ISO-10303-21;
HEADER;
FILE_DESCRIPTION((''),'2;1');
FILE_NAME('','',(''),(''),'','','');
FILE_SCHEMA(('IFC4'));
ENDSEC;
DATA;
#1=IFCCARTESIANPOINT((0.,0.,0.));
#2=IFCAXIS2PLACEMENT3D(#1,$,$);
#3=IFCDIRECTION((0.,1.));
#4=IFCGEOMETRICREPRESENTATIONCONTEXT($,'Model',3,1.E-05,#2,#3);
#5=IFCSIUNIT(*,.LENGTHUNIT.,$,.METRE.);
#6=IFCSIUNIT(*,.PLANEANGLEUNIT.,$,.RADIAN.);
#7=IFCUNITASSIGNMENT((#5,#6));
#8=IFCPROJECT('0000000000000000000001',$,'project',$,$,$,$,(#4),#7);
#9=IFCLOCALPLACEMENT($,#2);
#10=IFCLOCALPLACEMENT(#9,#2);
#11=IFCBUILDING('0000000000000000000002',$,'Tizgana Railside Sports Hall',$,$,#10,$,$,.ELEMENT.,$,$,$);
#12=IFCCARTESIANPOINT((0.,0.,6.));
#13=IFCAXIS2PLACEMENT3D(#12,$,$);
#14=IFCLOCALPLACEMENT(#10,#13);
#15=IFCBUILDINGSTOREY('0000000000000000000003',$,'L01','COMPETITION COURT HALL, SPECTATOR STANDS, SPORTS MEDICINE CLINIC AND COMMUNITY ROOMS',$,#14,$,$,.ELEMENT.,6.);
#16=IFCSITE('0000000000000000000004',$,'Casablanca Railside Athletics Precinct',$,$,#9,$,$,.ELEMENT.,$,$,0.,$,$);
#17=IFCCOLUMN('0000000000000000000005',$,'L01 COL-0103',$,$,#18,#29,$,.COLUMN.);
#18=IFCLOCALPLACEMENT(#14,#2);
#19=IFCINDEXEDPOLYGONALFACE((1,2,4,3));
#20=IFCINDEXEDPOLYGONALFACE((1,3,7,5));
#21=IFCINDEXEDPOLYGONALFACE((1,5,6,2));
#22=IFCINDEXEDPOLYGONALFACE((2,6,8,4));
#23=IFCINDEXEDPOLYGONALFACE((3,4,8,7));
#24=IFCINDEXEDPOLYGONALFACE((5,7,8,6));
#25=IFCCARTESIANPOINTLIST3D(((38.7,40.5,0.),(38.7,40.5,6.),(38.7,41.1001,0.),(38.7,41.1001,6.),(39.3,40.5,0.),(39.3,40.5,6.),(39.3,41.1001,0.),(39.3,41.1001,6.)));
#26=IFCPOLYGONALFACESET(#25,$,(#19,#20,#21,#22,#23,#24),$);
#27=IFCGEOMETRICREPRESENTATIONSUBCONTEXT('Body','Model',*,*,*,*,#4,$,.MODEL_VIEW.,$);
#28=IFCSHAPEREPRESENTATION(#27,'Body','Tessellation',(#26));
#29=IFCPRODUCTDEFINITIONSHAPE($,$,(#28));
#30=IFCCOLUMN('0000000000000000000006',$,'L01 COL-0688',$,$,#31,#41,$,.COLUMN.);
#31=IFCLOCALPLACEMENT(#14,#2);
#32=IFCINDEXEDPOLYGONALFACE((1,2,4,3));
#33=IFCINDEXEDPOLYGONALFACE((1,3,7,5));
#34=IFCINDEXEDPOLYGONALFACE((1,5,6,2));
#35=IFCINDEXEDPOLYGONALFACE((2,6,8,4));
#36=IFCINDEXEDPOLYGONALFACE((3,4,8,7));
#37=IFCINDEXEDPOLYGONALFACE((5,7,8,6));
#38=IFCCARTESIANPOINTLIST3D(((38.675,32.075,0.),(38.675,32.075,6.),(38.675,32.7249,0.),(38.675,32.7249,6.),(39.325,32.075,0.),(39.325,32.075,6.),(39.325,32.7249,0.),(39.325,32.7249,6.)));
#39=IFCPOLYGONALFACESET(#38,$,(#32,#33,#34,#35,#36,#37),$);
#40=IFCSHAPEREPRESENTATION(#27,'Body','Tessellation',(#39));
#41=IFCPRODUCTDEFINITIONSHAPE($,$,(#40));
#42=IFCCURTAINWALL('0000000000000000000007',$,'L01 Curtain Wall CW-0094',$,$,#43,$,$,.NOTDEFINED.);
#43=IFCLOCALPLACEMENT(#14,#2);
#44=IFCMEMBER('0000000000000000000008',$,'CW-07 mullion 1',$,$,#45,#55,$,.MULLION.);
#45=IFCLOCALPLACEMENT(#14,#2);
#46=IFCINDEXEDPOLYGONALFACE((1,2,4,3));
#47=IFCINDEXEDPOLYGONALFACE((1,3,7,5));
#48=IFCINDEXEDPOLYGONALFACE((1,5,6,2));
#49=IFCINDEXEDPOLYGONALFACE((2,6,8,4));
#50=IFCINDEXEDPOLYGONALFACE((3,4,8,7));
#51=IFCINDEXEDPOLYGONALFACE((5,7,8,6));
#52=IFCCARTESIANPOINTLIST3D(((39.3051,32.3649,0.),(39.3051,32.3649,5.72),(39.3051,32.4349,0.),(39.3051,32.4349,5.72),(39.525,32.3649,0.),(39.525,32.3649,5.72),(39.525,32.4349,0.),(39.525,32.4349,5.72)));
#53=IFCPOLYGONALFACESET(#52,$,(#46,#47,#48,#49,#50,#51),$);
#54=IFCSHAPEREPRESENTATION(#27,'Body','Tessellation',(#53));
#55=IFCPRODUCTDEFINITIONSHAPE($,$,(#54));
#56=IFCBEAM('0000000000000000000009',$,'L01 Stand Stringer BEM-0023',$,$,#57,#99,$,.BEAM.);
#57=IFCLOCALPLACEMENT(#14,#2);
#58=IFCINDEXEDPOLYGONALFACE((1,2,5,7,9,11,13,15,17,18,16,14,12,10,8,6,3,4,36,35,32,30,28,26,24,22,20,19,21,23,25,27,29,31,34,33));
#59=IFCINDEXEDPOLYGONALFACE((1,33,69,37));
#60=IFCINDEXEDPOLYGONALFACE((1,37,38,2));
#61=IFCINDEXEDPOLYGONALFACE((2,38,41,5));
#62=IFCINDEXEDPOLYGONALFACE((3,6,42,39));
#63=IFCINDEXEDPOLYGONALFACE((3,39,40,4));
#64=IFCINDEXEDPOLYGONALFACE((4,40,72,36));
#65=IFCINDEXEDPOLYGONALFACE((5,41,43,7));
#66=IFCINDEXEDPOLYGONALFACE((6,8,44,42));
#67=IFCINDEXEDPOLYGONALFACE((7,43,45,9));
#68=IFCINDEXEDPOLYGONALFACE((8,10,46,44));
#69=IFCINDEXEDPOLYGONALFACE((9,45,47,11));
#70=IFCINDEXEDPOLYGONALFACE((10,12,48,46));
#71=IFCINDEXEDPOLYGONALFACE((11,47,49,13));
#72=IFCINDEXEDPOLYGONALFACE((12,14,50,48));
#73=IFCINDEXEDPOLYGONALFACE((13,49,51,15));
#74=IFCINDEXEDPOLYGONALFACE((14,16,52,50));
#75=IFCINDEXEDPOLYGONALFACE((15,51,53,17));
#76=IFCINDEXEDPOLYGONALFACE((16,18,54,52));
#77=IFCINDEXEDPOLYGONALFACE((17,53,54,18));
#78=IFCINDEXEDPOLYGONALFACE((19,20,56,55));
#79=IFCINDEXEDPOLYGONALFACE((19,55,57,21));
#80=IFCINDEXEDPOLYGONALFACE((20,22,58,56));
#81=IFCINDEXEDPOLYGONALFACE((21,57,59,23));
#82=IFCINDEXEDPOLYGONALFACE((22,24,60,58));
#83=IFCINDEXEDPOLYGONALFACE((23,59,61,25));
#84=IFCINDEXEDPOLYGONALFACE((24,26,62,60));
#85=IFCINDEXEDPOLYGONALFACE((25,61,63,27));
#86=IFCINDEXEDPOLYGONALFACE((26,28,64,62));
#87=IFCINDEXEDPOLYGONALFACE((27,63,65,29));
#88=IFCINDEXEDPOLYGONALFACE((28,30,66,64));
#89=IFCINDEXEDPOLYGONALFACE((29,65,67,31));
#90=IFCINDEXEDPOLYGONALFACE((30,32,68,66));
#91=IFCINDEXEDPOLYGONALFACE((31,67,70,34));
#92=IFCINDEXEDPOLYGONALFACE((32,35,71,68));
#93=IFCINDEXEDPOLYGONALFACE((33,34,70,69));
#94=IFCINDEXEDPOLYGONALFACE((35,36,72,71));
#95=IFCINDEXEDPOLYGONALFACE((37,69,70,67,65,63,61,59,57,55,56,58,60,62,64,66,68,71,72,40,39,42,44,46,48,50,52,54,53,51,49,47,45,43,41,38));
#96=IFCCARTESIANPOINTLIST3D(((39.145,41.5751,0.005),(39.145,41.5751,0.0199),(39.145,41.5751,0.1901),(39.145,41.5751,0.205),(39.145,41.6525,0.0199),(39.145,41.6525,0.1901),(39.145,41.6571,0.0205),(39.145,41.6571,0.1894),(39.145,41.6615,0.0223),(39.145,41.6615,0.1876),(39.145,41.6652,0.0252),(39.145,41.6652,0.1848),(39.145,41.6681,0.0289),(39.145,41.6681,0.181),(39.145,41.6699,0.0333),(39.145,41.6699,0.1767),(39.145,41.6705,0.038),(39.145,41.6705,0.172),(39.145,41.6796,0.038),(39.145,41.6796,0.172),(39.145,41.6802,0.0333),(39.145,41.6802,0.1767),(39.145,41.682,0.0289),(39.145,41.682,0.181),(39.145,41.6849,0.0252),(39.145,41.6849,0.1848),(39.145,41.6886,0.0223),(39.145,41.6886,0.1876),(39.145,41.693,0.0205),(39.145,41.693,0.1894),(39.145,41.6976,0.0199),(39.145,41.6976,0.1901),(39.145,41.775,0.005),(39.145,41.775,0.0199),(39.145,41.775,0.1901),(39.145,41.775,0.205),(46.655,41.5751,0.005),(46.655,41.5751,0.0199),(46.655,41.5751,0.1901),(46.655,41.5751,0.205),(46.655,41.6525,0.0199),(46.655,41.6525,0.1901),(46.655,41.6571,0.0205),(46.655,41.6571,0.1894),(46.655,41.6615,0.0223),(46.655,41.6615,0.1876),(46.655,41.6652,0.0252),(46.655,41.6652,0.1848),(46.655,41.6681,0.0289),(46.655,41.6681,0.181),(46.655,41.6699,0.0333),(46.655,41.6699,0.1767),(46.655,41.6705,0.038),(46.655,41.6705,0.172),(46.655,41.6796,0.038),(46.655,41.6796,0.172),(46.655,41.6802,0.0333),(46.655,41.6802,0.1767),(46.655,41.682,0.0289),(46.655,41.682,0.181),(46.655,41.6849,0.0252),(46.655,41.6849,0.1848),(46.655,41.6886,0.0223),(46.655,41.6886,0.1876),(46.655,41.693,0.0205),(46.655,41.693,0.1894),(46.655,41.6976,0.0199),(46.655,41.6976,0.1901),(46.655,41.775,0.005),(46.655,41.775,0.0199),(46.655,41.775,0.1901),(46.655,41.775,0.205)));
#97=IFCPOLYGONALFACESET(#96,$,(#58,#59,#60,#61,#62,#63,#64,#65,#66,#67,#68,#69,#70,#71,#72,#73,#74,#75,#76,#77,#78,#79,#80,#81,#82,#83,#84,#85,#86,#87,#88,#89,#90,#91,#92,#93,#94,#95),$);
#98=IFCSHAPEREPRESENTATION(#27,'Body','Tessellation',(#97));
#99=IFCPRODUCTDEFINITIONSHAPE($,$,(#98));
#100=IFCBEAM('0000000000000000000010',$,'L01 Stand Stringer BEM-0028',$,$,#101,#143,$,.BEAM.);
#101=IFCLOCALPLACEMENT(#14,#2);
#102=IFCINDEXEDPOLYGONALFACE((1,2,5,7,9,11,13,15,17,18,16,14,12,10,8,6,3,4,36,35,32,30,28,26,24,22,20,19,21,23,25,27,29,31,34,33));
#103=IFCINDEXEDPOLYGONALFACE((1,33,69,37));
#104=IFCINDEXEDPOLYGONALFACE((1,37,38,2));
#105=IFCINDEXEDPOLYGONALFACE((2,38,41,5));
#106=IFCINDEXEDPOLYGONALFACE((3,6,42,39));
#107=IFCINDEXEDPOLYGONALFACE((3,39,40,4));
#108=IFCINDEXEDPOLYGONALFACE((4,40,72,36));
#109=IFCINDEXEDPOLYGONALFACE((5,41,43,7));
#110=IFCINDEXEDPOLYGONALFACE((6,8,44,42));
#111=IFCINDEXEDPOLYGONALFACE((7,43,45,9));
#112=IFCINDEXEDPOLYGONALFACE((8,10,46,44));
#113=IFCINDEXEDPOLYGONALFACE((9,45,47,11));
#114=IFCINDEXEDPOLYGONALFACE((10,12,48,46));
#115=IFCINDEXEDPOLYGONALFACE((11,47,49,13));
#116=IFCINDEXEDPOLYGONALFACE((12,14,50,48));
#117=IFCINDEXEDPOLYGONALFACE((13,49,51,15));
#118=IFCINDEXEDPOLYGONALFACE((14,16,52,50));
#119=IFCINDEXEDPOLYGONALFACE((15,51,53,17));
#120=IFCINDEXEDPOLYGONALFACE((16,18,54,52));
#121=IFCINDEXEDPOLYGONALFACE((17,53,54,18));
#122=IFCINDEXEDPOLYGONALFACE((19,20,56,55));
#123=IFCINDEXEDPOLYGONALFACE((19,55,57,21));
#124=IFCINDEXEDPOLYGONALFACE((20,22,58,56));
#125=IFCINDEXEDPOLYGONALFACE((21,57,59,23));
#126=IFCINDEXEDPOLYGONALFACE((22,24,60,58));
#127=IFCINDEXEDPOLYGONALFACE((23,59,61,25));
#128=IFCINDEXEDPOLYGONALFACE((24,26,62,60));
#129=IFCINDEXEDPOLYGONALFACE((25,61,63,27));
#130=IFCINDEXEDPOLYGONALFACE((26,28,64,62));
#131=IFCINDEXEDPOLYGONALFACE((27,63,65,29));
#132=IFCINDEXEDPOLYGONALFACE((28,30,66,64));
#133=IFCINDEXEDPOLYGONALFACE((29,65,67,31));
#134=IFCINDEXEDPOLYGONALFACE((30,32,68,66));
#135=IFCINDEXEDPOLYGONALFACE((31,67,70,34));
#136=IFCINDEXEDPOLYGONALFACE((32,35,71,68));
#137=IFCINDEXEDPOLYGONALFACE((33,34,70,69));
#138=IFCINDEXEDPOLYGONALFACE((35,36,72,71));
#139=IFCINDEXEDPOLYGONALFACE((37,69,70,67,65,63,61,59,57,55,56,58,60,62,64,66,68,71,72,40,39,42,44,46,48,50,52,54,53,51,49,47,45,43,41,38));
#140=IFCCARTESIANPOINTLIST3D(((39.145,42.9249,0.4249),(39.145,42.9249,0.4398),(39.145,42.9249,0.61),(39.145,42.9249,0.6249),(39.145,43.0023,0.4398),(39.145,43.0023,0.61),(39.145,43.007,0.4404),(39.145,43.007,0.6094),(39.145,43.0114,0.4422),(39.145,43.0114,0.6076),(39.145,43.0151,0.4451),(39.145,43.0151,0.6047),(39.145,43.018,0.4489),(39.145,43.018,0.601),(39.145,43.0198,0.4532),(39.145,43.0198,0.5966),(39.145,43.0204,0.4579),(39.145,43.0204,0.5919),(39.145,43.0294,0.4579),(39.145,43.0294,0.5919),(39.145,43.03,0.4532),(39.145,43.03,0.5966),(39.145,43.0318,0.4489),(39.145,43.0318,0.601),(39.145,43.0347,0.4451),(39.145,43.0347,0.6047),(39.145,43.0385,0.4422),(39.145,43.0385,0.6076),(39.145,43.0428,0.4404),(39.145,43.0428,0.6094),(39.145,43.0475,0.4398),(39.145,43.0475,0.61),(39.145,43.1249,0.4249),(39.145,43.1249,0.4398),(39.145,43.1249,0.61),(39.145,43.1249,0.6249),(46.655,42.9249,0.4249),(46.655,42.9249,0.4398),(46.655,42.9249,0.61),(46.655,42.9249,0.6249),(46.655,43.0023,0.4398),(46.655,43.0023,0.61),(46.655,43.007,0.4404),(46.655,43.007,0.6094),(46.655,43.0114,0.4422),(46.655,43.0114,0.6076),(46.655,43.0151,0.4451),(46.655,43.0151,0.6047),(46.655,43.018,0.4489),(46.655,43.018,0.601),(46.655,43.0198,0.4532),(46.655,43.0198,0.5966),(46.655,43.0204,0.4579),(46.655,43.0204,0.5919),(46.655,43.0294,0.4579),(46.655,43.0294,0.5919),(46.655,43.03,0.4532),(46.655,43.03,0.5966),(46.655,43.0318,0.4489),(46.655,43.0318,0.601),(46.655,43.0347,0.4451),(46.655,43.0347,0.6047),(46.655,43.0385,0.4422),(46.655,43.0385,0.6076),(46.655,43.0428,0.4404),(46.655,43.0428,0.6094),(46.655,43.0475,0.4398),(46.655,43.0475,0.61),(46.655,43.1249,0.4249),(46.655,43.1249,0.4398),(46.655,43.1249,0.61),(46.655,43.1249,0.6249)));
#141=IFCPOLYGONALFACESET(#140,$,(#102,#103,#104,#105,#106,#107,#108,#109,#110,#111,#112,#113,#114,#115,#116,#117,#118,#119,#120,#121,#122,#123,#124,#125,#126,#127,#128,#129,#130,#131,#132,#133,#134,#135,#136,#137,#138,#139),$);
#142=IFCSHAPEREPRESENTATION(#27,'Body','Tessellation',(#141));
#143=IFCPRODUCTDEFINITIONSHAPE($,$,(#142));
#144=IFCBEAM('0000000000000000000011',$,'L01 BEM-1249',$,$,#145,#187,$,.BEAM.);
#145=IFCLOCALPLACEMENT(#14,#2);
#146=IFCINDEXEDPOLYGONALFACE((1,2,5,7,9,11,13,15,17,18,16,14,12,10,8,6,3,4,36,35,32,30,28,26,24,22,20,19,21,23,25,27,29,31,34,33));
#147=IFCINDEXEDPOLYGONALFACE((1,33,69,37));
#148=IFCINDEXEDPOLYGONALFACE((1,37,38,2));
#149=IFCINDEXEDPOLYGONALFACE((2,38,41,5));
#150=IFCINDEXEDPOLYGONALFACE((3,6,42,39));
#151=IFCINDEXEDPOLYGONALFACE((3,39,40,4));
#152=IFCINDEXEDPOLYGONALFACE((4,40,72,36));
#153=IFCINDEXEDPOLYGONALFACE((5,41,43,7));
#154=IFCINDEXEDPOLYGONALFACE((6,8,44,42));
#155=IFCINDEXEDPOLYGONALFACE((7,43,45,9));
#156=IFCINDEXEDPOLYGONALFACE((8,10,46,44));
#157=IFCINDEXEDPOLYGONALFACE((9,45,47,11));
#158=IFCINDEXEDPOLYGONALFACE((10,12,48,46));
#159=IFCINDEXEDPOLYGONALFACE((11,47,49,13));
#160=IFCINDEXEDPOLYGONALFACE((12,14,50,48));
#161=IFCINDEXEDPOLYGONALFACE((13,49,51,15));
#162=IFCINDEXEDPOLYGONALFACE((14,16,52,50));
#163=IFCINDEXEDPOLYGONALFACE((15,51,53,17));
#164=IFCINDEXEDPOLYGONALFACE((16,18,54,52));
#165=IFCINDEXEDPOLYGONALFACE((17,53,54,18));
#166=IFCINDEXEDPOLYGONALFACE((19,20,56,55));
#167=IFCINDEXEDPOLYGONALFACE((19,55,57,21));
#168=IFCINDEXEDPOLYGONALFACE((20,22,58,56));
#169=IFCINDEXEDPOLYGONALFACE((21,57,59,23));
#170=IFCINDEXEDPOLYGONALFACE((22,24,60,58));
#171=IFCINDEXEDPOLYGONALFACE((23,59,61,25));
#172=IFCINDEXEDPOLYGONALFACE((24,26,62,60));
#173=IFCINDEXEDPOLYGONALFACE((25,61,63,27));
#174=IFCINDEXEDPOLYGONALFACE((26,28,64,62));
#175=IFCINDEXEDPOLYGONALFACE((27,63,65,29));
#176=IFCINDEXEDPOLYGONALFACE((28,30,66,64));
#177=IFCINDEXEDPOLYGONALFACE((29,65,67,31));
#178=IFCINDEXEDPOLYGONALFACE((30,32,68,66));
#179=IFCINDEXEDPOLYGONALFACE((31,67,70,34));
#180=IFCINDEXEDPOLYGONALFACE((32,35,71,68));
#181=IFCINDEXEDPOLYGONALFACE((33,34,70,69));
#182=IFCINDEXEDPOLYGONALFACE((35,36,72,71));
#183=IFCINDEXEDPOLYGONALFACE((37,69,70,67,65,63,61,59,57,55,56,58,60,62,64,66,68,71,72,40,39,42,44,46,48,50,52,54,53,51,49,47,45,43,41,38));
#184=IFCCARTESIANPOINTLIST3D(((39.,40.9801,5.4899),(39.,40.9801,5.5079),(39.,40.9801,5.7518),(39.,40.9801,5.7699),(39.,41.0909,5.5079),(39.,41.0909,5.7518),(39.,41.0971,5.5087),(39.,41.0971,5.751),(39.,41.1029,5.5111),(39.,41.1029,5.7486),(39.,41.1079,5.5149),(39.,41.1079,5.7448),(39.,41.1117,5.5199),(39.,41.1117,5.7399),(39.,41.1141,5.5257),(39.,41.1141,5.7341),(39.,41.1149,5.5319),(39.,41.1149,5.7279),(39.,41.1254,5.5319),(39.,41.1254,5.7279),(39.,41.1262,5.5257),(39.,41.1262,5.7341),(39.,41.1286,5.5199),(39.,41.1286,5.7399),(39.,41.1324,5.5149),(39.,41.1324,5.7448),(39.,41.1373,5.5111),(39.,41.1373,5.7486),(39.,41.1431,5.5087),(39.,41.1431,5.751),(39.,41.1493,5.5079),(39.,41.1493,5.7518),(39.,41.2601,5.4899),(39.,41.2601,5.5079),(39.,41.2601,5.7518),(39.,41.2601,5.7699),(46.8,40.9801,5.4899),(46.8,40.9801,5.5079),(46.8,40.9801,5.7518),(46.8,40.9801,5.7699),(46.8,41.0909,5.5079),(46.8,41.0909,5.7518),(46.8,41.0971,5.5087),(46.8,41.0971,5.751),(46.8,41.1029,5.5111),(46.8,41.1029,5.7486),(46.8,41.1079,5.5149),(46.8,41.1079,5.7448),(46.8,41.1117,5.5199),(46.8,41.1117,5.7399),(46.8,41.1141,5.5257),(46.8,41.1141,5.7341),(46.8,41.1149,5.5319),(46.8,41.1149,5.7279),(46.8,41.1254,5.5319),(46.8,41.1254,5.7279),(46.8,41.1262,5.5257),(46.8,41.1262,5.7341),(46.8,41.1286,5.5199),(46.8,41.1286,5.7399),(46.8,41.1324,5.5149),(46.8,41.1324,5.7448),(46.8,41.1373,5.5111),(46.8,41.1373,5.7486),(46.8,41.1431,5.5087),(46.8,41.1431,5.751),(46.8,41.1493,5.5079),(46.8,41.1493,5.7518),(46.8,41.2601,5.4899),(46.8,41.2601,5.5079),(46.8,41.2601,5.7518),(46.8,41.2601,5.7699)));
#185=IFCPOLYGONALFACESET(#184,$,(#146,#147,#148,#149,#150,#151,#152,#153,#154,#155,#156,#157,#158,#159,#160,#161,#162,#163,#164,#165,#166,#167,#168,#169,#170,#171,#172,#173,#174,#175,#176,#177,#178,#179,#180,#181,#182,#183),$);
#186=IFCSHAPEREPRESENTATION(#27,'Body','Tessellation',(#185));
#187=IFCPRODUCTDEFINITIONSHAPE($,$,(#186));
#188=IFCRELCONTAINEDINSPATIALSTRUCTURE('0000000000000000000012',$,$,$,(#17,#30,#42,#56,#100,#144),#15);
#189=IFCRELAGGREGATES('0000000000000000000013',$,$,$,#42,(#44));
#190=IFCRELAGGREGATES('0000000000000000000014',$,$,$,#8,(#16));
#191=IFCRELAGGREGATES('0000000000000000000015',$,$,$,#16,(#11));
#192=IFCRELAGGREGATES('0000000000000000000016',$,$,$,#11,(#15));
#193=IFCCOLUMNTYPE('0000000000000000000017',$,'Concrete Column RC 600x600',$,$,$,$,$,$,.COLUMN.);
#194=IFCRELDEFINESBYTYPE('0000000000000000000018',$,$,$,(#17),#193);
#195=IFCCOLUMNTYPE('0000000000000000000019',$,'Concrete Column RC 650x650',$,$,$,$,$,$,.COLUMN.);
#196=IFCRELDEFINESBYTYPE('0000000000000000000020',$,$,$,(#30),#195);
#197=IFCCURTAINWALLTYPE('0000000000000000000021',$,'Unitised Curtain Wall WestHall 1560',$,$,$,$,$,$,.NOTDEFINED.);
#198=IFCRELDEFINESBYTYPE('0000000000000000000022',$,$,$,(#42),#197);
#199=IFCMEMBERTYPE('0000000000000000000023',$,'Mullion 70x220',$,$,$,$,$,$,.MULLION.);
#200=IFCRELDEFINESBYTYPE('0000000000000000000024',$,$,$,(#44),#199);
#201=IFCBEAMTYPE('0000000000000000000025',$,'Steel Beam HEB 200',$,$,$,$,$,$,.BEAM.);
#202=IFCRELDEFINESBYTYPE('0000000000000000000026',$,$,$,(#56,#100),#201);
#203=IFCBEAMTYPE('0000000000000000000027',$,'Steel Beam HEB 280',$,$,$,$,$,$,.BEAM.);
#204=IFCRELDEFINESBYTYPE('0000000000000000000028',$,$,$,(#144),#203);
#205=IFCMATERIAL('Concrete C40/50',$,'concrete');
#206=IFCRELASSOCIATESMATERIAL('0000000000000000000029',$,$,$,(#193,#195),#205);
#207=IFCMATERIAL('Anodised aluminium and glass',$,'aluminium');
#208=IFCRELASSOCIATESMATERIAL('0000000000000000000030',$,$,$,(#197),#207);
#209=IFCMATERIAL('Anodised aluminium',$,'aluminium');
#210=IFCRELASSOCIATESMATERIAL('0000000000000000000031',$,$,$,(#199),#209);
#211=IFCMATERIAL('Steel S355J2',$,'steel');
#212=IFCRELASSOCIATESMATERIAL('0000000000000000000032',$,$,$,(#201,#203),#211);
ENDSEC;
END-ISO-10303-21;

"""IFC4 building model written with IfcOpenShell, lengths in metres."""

from ifc_helpers import new_model, si_unit, direction, frame, origin, origin_2d, place, context, subcontext, project, spatial, rectangle, i_section, extrude, material, material_profile, profile_set, type_object, element, aggregate, save


model = new_model("IFC4")

# Units and contexts
model_context = context("Model", 3, precision=1e-05, world=origin(), true_north=direction((0.0, 1.0)))
body_context = subcontext(model_context, "Body", "Model", "MODEL_VIEW")
ifc_project = project(units=[si_unit("LENGTHUNIT", "METRE"), si_unit("PLANEANGLEUNIT", "RADIAN")], contexts=[model_context])

# Site, building, storey
site_placement = place(None, origin())
site = spatial("IfcSite", under=ifc_project, at=site_placement, Name="Casablanca Railside Athletics Precinct", CompositionType="ELEMENT", RefElevation=0.0)
building_placement = place(site_placement, origin())
building = spatial("IfcBuilding", under=site, at=building_placement, Name="Tizgana Railside Sports Hall", CompositionType="ELEMENT")
storey_placement = place(building_placement, frame((0.0, 0.0, 6.0)))
storey = spatial("IfcBuildingStorey", under=building, at=storey_placement, Name="L01", Description="COMPETITION COURT HALL, SPECTATOR STANDS, SPORTS MEDICINE CLINIC AND COMMUNITY ROOMS", CompositionType="ELEMENT", Elevation=6.0)

# Columns
ifc_material_1 = material(Name="Concrete C40/50", Category="concrete")
ifc_material_profile_1 = material_profile(ifc_material_1, rectangle(XDim=0.6001, YDim=0.6001, at=origin_2d()), Name="RC 600x600")
ifc_profile_set_1 = profile_set([ifc_material_profile_1], Name="Concrete C40/50")
column_type_1 = type_object("IfcColumnType", Name="Concrete Column RC 600x600", PredefinedType="COLUMN", material=ifc_profile_set_1)
column_1_placement = place(storey_placement, frame((39.0, 40.8, 0.0), z_axis=(0.0, 0.0, 1.0), x_axis=(1.0, 0.0, 0.0)))
element("IfcColumn", 1, at=column_1_placement, inside=storey, type_object=column_type_1, Name="L01 COL-0103", PredefinedType="COLUMN", context=body_context, shape_type="SweptSolid", body=[
    extrude(rectangle(XDim=0.6001, YDim=0.6001, at=origin_2d()), origin(), (0.0, 0.0, 1.0), 6.0),
])
ifc_material_profile_2 = material_profile(ifc_material_1, rectangle(XDim=0.6499, YDim=0.6499, at=origin_2d()), Name="RC 650x650")
ifc_profile_set_2 = profile_set([ifc_material_profile_2], Name="Concrete C40/50")
column_type_2 = type_object("IfcColumnType", Name="Concrete Column RC 650x650", PredefinedType="COLUMN", material=ifc_profile_set_2)
column_2_placement = place(storey_placement, frame((39.0, 32.3999, 0.0), z_axis=(0.0, 0.0, 1.0), x_axis=(1.0, 0.0, 0.0)))
element("IfcColumn", 2, at=column_2_placement, inside=storey, type_object=column_type_2, Name="L01 COL-0688", PredefinedType="COLUMN", context=body_context, shape_type="SweptSolid", body=[
    extrude(rectangle(XDim=0.6499, YDim=0.6499, at=origin_2d()), origin(), (0.0, 0.0, 1.0), 6.0),
])

# Curtain wall, member
ifc_material_2 = material(Name="Anodised aluminium and glass", Category="aluminium")
curtain_wall_type = type_object("IfcCurtainWallType", Name="Unitised Curtain Wall WestHall 1560", PredefinedType="NOTDEFINED", material=ifc_material_2)
curtain_wall_placement = place(storey_placement, origin())
curtain_wall = element("IfcCurtainWall", 3, at=curtain_wall_placement, inside=storey, type_object=curtain_wall_type, Name="L01 Curtain Wall CW-0094", PredefinedType="NOTDEFINED")
ifc_material_3 = material(Name="Anodised aluminium", Category="aluminium")
ifc_material_profile_3 = material_profile(ifc_material_3, rectangle(XDim=0.0701, YDim=0.22, at=origin_2d()), Name="Mullion 70x220")
ifc_profile_set_3 = profile_set([ifc_material_profile_3], Name="Anodised aluminium")
member_type_1 = type_object("IfcMemberType", Name="Mullion 70x220", PredefinedType="MULLION", material=ifc_profile_set_3)
member_1_placement = place(storey_placement, frame((39.415, 32.3999, 0.0), z_axis=(0.0, 0.0, 1.0), x_axis=(0.0, 1.0, 0.0)))
member_1 = element("IfcMember", 4, at=member_1_placement, type_object=member_type_1, Name="CW-07 mullion 1", PredefinedType="MULLION", context=body_context, shape_type="SweptSolid", body=[
    extrude(rectangle(XDim=0.0701, YDim=0.22, at=origin_2d()), origin(), (0.0, 0.0, 1.0), 5.72),
])

# Beams
ifc_material_4 = material(Name="Steel S355J2", Category="steel")
ifc_material_profile_4 = material_profile(ifc_material_4, i_section(OverallWidth=0.2, OverallDepth=0.2, WebThickness=0.009, FlangeThickness=0.0149, FilletRadius=0.0181, at=origin_2d()), Name="HEB 200")
ifc_profile_set_4 = profile_set([ifc_material_profile_4], Name="Steel S355J2")
beam_type_1 = type_object("IfcBeamType", Name="Steel Beam HEB 200", PredefinedType="BEAM", material=ifc_profile_set_4)
for number, where, z_axis, x_axis, name in (
    (5, (39.145, 41.675, 0.105), (1.0, 0.0, 0.0), (0.0, 1.0, 0.0), "L01 Stand Stringer BEM-0023"),
    (6, (39.145, 43.0249, 0.5249), (1.0, 0.0, 0.0), (0.0, 1.0, 0.0), "L01 Stand Stringer BEM-0028"),
):
    element("IfcBeam", number, at=place(storey_placement, frame(where, z_axis=z_axis, x_axis=x_axis)), inside=storey, type_object=beam_type_1, Name=name, PredefinedType="BEAM", context=body_context, shape_type="SweptSolid", body=[
        extrude(i_section(OverallWidth=0.2, OverallDepth=0.2, WebThickness=0.009, FlangeThickness=0.0149, FilletRadius=0.0181, at=origin_2d()), origin(), (0.0, 0.0, 1.0), 7.51),
    ])
ifc_material_profile_5 = material_profile(ifc_material_4, i_section(OverallWidth=0.28, OverallDepth=0.28, WebThickness=0.0105, FlangeThickness=0.0181, FilletRadius=0.0239, at=origin_2d()), Name="HEB 280")
ifc_profile_set_5 = profile_set([ifc_material_profile_5], Name="Steel S355J2")
beam_type_2 = type_object("IfcBeamType", Name="Steel Beam HEB 280", PredefinedType="BEAM", material=ifc_profile_set_5)
beam_1_placement = place(storey_placement, frame((39.0, 41.1201, 5.6299), z_axis=(1.0, 0.0, 0.0), x_axis=(0.0, 1.0, 0.0)))
element("IfcBeam", 7, at=beam_1_placement, inside=storey, type_object=beam_type_2, Name="L01 BEM-1249", PredefinedType="BEAM", context=body_context, shape_type="SweptSolid", body=[
    extrude(i_section(OverallWidth=0.28, OverallDepth=0.28, WebThickness=0.0105, FlangeThickness=0.0181, FilletRadius=0.0239, at=origin_2d()), origin(), (0.0, 0.0, 1.0), 7.8),
])

aggregate(curtain_wall, [member_1])

save(model, "model.ifc")
